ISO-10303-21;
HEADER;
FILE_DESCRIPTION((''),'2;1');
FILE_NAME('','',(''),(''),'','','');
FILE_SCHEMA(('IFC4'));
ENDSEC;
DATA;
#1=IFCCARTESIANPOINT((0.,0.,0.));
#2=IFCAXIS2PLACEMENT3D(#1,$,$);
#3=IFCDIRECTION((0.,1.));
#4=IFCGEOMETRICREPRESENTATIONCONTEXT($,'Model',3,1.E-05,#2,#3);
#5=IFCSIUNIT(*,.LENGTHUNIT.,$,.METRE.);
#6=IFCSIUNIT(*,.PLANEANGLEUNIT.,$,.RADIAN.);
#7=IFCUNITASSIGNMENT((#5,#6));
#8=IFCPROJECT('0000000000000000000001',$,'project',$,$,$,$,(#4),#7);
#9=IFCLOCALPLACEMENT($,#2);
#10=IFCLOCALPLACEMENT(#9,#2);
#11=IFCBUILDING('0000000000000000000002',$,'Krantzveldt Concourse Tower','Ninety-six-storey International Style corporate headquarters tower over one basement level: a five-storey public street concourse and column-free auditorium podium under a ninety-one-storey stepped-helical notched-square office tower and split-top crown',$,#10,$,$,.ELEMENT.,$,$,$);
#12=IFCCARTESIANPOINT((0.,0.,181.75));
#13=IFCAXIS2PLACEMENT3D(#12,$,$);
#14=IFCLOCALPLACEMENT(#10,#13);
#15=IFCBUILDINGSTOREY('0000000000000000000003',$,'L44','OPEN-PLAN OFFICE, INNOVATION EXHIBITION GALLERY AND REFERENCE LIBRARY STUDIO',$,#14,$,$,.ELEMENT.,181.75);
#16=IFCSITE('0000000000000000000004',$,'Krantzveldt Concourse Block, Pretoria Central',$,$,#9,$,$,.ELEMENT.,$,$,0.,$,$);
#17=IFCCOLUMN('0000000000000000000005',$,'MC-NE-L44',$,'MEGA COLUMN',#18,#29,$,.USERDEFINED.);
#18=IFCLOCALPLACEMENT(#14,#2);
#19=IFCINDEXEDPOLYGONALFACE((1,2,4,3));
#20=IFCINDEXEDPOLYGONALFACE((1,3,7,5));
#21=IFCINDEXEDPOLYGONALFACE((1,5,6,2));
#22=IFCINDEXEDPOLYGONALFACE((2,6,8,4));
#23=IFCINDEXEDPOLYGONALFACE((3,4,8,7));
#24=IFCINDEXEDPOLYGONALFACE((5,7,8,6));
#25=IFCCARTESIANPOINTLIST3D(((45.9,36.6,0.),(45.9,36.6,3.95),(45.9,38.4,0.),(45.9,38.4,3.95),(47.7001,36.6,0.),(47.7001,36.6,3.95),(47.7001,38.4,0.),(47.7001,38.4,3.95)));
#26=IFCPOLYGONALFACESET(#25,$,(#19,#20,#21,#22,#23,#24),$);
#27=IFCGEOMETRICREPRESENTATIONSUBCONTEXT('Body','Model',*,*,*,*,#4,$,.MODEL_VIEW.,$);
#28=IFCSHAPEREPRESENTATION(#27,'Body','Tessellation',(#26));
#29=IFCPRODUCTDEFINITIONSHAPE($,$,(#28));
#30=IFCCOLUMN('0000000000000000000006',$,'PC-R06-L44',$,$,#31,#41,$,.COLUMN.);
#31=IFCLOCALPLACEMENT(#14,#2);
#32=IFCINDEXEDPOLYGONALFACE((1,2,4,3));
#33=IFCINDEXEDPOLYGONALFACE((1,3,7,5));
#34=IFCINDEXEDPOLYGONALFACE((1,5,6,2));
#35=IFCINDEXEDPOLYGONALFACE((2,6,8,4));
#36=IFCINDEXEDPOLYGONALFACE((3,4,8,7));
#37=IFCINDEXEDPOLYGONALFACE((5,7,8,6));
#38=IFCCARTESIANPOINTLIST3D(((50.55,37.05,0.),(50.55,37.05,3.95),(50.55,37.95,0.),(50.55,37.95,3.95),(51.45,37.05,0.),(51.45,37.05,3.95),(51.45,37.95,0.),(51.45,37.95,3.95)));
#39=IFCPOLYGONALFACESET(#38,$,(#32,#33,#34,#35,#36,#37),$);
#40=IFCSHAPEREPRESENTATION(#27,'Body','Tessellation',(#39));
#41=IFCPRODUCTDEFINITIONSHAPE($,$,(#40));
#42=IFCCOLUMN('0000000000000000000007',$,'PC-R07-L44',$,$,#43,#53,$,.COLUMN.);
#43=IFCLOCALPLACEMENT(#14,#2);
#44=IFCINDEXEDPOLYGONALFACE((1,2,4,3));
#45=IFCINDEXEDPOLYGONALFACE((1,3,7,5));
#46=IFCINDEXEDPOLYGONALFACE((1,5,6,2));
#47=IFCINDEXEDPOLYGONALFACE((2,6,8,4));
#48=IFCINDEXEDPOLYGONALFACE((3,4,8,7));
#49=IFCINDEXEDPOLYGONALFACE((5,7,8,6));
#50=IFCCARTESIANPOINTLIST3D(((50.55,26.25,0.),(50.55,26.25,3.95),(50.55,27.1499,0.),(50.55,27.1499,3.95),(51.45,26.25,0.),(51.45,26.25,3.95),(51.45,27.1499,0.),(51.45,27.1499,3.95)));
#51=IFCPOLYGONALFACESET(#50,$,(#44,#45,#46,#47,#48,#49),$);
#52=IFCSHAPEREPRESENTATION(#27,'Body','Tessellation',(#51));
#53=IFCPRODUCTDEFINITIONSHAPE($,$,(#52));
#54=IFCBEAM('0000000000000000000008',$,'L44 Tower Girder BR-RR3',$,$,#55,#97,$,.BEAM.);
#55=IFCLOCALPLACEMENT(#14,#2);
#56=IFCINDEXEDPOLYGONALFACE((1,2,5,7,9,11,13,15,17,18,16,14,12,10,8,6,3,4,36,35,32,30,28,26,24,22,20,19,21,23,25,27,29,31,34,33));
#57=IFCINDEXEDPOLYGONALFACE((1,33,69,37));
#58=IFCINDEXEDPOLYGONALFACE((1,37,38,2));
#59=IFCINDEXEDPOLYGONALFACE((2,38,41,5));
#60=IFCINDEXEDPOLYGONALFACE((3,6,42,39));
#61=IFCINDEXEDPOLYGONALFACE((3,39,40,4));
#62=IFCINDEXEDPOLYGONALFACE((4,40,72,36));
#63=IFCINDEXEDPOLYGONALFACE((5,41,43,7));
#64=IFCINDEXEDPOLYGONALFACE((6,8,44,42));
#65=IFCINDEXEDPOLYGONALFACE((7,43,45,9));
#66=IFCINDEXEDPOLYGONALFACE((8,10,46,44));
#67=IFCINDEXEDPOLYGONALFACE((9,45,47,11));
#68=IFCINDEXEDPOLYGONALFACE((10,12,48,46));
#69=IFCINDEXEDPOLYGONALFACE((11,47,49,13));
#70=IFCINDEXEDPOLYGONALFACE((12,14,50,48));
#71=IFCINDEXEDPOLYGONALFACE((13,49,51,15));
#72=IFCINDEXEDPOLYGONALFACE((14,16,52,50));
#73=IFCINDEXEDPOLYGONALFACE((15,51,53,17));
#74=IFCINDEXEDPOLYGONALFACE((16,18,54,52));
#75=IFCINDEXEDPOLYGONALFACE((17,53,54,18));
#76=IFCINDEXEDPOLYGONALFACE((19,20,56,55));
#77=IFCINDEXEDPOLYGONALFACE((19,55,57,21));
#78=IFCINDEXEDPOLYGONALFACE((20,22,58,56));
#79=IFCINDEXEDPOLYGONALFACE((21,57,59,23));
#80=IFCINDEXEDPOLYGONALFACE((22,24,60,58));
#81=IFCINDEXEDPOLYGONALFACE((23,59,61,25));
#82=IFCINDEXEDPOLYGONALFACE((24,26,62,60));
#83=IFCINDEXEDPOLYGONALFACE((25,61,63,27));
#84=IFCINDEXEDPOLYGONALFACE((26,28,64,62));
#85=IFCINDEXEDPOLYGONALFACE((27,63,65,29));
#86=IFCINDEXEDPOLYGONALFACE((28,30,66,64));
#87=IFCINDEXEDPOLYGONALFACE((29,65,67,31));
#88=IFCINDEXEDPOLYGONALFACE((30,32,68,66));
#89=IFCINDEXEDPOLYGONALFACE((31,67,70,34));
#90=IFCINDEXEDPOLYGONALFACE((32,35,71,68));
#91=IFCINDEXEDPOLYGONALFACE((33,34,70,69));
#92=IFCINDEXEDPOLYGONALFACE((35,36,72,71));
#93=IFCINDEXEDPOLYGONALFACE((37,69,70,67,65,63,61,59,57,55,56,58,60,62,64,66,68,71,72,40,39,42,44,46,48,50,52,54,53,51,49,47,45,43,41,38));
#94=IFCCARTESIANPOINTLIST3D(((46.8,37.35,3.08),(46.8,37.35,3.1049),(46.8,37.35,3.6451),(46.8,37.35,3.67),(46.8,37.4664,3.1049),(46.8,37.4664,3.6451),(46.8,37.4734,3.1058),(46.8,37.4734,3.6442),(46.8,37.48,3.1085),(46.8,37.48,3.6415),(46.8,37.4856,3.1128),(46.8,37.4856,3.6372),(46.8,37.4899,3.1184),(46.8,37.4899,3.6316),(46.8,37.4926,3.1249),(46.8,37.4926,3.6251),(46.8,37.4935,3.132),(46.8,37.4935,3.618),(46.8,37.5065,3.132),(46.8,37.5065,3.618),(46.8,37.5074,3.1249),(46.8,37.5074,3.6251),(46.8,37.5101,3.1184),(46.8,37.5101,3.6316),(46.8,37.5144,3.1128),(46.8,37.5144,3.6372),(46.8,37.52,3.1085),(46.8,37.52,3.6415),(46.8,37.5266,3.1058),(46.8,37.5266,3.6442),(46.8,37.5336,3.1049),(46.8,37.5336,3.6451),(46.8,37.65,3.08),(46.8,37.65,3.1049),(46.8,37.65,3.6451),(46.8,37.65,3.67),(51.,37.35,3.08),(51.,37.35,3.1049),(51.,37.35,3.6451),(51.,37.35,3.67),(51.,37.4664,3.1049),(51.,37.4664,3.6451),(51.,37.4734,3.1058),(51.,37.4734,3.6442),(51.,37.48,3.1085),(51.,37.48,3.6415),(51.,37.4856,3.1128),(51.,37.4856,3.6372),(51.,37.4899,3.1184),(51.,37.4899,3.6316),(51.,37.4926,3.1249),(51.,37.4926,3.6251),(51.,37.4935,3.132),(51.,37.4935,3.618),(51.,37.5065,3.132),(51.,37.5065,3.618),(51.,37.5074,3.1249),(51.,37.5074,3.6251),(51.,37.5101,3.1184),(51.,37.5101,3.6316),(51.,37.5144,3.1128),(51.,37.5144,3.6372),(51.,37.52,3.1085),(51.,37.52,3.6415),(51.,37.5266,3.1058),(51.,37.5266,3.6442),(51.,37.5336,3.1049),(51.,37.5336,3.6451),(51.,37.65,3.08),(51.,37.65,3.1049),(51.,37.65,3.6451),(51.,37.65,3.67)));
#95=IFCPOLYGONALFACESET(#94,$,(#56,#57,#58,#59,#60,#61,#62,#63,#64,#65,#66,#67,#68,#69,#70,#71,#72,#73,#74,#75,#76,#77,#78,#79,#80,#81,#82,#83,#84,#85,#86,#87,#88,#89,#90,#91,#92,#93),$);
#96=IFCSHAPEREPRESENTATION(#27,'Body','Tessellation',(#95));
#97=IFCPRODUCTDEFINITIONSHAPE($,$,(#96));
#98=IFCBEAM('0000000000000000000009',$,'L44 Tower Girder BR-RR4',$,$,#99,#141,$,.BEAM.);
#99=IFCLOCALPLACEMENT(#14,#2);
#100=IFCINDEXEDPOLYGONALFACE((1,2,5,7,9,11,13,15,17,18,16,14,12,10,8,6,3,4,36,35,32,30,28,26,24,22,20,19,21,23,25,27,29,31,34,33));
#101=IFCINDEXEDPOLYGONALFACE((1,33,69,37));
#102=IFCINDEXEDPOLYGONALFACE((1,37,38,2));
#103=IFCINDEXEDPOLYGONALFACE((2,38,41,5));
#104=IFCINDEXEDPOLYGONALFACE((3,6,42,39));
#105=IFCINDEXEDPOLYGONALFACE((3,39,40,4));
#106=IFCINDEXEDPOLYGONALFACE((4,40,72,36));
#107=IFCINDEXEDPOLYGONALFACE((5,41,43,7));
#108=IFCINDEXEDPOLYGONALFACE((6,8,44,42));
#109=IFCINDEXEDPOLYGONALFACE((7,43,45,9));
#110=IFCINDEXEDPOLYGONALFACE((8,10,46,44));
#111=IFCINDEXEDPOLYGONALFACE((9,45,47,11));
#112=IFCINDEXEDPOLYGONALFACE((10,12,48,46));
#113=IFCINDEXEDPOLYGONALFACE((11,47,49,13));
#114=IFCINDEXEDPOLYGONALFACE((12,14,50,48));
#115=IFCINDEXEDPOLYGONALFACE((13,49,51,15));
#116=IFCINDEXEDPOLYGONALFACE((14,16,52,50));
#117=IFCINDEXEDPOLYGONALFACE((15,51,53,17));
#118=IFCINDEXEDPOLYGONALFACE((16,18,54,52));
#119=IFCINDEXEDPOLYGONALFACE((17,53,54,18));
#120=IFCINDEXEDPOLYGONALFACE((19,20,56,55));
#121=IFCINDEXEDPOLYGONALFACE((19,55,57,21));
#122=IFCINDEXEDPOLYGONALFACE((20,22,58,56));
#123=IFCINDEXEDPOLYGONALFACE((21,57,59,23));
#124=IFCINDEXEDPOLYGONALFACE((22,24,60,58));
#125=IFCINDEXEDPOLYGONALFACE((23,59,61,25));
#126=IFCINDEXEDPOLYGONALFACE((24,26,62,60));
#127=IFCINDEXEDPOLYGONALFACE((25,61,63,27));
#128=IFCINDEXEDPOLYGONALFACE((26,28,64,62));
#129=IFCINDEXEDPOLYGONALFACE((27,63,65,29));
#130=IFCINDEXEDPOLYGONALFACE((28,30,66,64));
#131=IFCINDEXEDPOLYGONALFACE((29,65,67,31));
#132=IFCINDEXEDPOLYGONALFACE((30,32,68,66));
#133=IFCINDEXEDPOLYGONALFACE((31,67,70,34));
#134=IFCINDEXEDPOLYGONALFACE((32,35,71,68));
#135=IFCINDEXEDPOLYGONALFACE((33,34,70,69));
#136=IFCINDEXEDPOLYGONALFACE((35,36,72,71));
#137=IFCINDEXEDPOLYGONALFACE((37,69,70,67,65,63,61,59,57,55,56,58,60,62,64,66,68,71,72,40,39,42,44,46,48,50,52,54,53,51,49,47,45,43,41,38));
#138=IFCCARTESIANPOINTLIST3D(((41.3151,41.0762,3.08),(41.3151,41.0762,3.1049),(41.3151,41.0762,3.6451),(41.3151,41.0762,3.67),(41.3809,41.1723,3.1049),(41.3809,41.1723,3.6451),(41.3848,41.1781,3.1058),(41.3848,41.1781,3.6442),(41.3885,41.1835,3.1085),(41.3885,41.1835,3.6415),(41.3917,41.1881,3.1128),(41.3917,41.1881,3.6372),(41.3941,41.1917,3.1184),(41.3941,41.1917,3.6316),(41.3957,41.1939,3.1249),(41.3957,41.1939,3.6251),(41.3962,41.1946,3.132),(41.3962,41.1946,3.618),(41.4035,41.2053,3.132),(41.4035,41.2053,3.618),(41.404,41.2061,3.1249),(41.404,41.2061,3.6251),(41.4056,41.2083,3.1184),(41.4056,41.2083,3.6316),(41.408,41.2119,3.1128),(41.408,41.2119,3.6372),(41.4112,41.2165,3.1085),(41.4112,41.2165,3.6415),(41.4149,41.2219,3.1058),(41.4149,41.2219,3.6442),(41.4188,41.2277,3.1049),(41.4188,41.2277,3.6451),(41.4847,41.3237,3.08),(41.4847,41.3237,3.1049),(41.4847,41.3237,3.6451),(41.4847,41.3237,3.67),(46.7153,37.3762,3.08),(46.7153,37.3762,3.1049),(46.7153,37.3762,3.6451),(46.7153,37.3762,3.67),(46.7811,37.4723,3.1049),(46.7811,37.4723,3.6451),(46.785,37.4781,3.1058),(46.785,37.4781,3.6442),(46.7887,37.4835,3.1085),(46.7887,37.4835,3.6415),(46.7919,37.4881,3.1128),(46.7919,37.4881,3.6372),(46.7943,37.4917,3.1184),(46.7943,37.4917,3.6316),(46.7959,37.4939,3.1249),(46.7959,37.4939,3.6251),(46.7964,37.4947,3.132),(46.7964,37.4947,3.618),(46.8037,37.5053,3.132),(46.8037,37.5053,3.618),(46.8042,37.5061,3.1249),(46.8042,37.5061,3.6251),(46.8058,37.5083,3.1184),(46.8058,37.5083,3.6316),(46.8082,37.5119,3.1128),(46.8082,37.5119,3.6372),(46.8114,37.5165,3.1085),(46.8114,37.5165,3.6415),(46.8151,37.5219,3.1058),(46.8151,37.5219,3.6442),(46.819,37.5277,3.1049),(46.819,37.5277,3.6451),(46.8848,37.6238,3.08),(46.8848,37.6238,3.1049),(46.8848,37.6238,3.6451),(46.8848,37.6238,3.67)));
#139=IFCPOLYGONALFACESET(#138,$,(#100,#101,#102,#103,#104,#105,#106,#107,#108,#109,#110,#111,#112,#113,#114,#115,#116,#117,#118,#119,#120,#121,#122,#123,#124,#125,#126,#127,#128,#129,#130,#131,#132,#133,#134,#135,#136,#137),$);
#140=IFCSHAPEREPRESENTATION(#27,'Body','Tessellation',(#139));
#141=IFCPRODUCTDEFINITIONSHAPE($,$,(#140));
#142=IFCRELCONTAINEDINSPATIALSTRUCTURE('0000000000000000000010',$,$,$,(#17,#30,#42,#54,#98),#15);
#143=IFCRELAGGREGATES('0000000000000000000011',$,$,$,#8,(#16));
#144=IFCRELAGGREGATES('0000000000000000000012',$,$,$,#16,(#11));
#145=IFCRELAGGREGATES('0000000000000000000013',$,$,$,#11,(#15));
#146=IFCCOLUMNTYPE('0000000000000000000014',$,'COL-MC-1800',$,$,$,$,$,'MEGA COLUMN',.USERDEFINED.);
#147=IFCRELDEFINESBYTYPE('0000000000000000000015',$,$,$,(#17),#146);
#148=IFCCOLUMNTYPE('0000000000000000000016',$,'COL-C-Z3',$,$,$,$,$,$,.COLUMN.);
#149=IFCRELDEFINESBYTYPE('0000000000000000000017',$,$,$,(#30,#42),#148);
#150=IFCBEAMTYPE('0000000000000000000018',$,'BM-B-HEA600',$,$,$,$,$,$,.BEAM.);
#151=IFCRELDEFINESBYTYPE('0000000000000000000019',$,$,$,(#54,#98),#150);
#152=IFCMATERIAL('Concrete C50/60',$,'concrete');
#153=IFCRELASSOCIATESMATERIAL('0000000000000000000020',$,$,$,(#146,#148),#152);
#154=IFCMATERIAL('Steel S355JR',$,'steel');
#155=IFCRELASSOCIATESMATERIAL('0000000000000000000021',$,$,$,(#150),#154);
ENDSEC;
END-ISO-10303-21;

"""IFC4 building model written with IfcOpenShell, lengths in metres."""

from ifc_helpers import new_model, si_unit, direction, frame, origin, origin_2d, place, context, subcontext, project, spatial, rectangle, i_section, extrude, source, transform, mapped, material, material_profile, profile_set, type_object, type_shapes, element, save


model = new_model("IFC4")

# Units and contexts
model_context = context("Model", 3, precision=1e-05, world=origin(), true_north=direction((0.0, 1.0)))
body_context = subcontext(model_context, "Body", "Model", "MODEL_VIEW")
ifc_project = project(units=[si_unit("LENGTHUNIT", "METRE"), si_unit("PLANEANGLEUNIT", "RADIAN")], contexts=[model_context])

# Site, building, storey
site_placement = place(None, origin())
site = spatial("IfcSite", under=ifc_project, at=site_placement, Name="Krantzveldt Concourse Block, Pretoria Central", CompositionType="ELEMENT", RefElevation=0.0)
building_placement = place(site_placement, origin())
building = spatial("IfcBuilding", under=site, at=building_placement, Name="Krantzveldt Concourse Tower", Description="Ninety-six-storey International Style corporate headquarters tower over one basement level: a five-storey public street concourse and column-free auditorium podium under a ninety-one-storey stepped-helical notched-square office tower and split-top crown", CompositionType="ELEMENT")
storey_placement = place(building_placement, frame((0.0, 0.0, 181.75)))
storey = spatial("IfcBuildingStorey", under=building, at=storey_placement, Name="L44", Description="OPEN-PLAN OFFICE, INNOVATION EXHIBITION GALLERY AND REFERENCE LIBRARY STUDIO", CompositionType="ELEMENT", Elevation=181.75)

# Columns
ifc_material_1 = material(Name="Concrete C50/60", Category="concrete")
ifc_material_profile_1 = material_profile(ifc_material_1, rectangle(XDim=1.8, YDim=1.8, at=origin_2d()), Name="Concrete C50/60", Category="concrete")
ifc_profile_set_1 = profile_set([ifc_material_profile_1], Name="Concrete C50/60 - RC 1800x1800")
column_type_1 = type_object("IfcColumnType", Name="COL-MC-1800", ElementType="MEGA COLUMN", PredefinedType="USERDEFINED", material=ifc_profile_set_1)
shared_shape_1 = source(origin(), body_context, "Body", "SweptSolid", [
    extrude(rectangle(XDim=1.8, YDim=1.8, at=origin_2d()), origin(), (0.0, 0.0, 1.0), 3.95),
])
type_shapes(column_type_1, [shared_shape_1])
column_placement = place(storey_placement, frame((46.8, 37.5, 0.0), z_axis=(0.0, 0.0, 1.0), x_axis=(1.0, 0.0, 0.0)))
element("IfcColumn", 1, at=column_placement, inside=storey, type_object=column_type_1, Name="MC-NE-L44", ObjectType="MEGA COLUMN", PredefinedType="USERDEFINED", context=body_context, shape_type="MappedRepresentation", body=[
    mapped(shared_shape_1, transform((0.0, 0.0, 0.0), x_axis=(1.0, 0.0, 0.0), y_axis=(0.0, 1.0, 0.0), z_axis=(0.0, 0.0, 1.0), scale=1.0)),
])
ifc_material_profile_2 = material_profile(ifc_material_1, rectangle(XDim=0.8999, YDim=0.8999, at=origin_2d()), Name="Concrete C50/60", Category="concrete")
ifc_profile_set_2 = profile_set([ifc_material_profile_2], Name="Concrete C50/60 - RC 900x900")
column_type_2 = type_object("IfcColumnType", Name="COL-C-Z3", PredefinedType="COLUMN", material=ifc_profile_set_2)
shared_shape_2 = source(origin(), body_context, "Body", "SweptSolid", [
    extrude(rectangle(XDim=0.8999, YDim=0.8999, at=origin_2d()), origin(), (0.0, 0.0, 1.0), 3.95),
])
type_shapes(column_type_2, [shared_shape_2])
for number, where, z_axis, x_axis, name in (
    (2, (51.0, 37.5, 0.0), (0.0, 0.0, 1.0), (1.0, 0.0, 0.0), "PC-R06-L44"),
    (3, (51.0, 26.7, 0.0), (0.0, 0.0, 1.0), (1.0, 0.0, 0.0), "PC-R07-L44"),
):
    element("IfcColumn", number, at=place(storey_placement, frame(where, z_axis=z_axis, x_axis=x_axis)), inside=storey, type_object=column_type_2, Name=name, PredefinedType="COLUMN", context=body_context, shape_type="MappedRepresentation", body=[
        mapped(shared_shape_2, transform((0.0, 0.0, 0.0), x_axis=(1.0, 0.0, 0.0), y_axis=(0.0, 1.0, 0.0), z_axis=(0.0, 0.0, 1.0), scale=1.0)),
    ])

# Beams
ifc_material_2 = material(Name="Steel S355JR", Category="steel")
ifc_material_profile_3 = material_profile(ifc_material_2, i_section(OverallWidth=0.3, OverallDepth=0.5901, WebThickness=0.0129, FlangeThickness=0.0249, FilletRadius=0.0271, at=origin_2d()), Name="Steel S355JR", Category="steel")
ifc_profile_set_3 = profile_set([ifc_material_profile_3], Name="Steel S355JR - HEA 600")
beam_type_1 = type_object("IfcBeamType", Name="BM-B-HEA600", PredefinedType="BEAM", material=ifc_profile_set_3)
shared_shape_3 = source(origin(), body_context, "Body", "SweptSolid", [
    extrude(i_section(OverallWidth=0.3, OverallDepth=0.5901, WebThickness=0.0129, FlangeThickness=0.0249, FilletRadius=0.0271, at=origin_2d()), origin(), (0.0, 0.0, 1.0), 4.2),
])
beam_1_placement = place(storey_placement, frame((46.8, 37.5, 3.375), z_axis=(1.0, 0.0, 0.0), x_axis=(0.0, 1.0, 0.0)))
element("IfcBeam", 4, at=beam_1_placement, inside=storey, type_object=beam_type_1, Name="L44 Tower Girder BR-RR3", PredefinedType="BEAM", context=body_context, shape_type="MappedRepresentation", body=[
    mapped(shared_shape_3, transform((0.0, 0.0, 0.0), x_axis=(1.0, 0.0, 0.0), y_axis=(0.0, 1.0, 0.0), z_axis=(0.0, 0.0, 1.0), scale=1.0)),
])
shared_shape_4 = source(origin(), body_context, "Body", "SweptSolid", [
    extrude(i_section(OverallWidth=0.3, OverallDepth=0.5901, WebThickness=0.0129, FlangeThickness=0.0249, FilletRadius=0.0271, at=origin_2d()), origin(), (0.0, 0.0, 1.0), 6.5461),
])
type_shapes(beam_type_1, [shared_shape_3, shared_shape_4])
beam_2_placement = place(storey_placement, frame((46.8, 37.5, 3.375), z_axis=(-0.824943, 0.565216, 0.0), x_axis=(-0.565216, -0.824943, 0.0)))
element("IfcBeam", 5, at=beam_2_placement, inside=storey, type_object=beam_type_1, Name="L44 Tower Girder BR-RR4", PredefinedType="BEAM", context=body_context, shape_type="MappedRepresentation", body=[
    mapped(shared_shape_4, transform((0.0, 0.0, 0.0), x_axis=(1.0, 0.0, 0.0), y_axis=(0.0, 1.0, 0.0), z_axis=(0.0, 0.0, 1.0), scale=1.0)),
])

save(model, "model.ifc")
